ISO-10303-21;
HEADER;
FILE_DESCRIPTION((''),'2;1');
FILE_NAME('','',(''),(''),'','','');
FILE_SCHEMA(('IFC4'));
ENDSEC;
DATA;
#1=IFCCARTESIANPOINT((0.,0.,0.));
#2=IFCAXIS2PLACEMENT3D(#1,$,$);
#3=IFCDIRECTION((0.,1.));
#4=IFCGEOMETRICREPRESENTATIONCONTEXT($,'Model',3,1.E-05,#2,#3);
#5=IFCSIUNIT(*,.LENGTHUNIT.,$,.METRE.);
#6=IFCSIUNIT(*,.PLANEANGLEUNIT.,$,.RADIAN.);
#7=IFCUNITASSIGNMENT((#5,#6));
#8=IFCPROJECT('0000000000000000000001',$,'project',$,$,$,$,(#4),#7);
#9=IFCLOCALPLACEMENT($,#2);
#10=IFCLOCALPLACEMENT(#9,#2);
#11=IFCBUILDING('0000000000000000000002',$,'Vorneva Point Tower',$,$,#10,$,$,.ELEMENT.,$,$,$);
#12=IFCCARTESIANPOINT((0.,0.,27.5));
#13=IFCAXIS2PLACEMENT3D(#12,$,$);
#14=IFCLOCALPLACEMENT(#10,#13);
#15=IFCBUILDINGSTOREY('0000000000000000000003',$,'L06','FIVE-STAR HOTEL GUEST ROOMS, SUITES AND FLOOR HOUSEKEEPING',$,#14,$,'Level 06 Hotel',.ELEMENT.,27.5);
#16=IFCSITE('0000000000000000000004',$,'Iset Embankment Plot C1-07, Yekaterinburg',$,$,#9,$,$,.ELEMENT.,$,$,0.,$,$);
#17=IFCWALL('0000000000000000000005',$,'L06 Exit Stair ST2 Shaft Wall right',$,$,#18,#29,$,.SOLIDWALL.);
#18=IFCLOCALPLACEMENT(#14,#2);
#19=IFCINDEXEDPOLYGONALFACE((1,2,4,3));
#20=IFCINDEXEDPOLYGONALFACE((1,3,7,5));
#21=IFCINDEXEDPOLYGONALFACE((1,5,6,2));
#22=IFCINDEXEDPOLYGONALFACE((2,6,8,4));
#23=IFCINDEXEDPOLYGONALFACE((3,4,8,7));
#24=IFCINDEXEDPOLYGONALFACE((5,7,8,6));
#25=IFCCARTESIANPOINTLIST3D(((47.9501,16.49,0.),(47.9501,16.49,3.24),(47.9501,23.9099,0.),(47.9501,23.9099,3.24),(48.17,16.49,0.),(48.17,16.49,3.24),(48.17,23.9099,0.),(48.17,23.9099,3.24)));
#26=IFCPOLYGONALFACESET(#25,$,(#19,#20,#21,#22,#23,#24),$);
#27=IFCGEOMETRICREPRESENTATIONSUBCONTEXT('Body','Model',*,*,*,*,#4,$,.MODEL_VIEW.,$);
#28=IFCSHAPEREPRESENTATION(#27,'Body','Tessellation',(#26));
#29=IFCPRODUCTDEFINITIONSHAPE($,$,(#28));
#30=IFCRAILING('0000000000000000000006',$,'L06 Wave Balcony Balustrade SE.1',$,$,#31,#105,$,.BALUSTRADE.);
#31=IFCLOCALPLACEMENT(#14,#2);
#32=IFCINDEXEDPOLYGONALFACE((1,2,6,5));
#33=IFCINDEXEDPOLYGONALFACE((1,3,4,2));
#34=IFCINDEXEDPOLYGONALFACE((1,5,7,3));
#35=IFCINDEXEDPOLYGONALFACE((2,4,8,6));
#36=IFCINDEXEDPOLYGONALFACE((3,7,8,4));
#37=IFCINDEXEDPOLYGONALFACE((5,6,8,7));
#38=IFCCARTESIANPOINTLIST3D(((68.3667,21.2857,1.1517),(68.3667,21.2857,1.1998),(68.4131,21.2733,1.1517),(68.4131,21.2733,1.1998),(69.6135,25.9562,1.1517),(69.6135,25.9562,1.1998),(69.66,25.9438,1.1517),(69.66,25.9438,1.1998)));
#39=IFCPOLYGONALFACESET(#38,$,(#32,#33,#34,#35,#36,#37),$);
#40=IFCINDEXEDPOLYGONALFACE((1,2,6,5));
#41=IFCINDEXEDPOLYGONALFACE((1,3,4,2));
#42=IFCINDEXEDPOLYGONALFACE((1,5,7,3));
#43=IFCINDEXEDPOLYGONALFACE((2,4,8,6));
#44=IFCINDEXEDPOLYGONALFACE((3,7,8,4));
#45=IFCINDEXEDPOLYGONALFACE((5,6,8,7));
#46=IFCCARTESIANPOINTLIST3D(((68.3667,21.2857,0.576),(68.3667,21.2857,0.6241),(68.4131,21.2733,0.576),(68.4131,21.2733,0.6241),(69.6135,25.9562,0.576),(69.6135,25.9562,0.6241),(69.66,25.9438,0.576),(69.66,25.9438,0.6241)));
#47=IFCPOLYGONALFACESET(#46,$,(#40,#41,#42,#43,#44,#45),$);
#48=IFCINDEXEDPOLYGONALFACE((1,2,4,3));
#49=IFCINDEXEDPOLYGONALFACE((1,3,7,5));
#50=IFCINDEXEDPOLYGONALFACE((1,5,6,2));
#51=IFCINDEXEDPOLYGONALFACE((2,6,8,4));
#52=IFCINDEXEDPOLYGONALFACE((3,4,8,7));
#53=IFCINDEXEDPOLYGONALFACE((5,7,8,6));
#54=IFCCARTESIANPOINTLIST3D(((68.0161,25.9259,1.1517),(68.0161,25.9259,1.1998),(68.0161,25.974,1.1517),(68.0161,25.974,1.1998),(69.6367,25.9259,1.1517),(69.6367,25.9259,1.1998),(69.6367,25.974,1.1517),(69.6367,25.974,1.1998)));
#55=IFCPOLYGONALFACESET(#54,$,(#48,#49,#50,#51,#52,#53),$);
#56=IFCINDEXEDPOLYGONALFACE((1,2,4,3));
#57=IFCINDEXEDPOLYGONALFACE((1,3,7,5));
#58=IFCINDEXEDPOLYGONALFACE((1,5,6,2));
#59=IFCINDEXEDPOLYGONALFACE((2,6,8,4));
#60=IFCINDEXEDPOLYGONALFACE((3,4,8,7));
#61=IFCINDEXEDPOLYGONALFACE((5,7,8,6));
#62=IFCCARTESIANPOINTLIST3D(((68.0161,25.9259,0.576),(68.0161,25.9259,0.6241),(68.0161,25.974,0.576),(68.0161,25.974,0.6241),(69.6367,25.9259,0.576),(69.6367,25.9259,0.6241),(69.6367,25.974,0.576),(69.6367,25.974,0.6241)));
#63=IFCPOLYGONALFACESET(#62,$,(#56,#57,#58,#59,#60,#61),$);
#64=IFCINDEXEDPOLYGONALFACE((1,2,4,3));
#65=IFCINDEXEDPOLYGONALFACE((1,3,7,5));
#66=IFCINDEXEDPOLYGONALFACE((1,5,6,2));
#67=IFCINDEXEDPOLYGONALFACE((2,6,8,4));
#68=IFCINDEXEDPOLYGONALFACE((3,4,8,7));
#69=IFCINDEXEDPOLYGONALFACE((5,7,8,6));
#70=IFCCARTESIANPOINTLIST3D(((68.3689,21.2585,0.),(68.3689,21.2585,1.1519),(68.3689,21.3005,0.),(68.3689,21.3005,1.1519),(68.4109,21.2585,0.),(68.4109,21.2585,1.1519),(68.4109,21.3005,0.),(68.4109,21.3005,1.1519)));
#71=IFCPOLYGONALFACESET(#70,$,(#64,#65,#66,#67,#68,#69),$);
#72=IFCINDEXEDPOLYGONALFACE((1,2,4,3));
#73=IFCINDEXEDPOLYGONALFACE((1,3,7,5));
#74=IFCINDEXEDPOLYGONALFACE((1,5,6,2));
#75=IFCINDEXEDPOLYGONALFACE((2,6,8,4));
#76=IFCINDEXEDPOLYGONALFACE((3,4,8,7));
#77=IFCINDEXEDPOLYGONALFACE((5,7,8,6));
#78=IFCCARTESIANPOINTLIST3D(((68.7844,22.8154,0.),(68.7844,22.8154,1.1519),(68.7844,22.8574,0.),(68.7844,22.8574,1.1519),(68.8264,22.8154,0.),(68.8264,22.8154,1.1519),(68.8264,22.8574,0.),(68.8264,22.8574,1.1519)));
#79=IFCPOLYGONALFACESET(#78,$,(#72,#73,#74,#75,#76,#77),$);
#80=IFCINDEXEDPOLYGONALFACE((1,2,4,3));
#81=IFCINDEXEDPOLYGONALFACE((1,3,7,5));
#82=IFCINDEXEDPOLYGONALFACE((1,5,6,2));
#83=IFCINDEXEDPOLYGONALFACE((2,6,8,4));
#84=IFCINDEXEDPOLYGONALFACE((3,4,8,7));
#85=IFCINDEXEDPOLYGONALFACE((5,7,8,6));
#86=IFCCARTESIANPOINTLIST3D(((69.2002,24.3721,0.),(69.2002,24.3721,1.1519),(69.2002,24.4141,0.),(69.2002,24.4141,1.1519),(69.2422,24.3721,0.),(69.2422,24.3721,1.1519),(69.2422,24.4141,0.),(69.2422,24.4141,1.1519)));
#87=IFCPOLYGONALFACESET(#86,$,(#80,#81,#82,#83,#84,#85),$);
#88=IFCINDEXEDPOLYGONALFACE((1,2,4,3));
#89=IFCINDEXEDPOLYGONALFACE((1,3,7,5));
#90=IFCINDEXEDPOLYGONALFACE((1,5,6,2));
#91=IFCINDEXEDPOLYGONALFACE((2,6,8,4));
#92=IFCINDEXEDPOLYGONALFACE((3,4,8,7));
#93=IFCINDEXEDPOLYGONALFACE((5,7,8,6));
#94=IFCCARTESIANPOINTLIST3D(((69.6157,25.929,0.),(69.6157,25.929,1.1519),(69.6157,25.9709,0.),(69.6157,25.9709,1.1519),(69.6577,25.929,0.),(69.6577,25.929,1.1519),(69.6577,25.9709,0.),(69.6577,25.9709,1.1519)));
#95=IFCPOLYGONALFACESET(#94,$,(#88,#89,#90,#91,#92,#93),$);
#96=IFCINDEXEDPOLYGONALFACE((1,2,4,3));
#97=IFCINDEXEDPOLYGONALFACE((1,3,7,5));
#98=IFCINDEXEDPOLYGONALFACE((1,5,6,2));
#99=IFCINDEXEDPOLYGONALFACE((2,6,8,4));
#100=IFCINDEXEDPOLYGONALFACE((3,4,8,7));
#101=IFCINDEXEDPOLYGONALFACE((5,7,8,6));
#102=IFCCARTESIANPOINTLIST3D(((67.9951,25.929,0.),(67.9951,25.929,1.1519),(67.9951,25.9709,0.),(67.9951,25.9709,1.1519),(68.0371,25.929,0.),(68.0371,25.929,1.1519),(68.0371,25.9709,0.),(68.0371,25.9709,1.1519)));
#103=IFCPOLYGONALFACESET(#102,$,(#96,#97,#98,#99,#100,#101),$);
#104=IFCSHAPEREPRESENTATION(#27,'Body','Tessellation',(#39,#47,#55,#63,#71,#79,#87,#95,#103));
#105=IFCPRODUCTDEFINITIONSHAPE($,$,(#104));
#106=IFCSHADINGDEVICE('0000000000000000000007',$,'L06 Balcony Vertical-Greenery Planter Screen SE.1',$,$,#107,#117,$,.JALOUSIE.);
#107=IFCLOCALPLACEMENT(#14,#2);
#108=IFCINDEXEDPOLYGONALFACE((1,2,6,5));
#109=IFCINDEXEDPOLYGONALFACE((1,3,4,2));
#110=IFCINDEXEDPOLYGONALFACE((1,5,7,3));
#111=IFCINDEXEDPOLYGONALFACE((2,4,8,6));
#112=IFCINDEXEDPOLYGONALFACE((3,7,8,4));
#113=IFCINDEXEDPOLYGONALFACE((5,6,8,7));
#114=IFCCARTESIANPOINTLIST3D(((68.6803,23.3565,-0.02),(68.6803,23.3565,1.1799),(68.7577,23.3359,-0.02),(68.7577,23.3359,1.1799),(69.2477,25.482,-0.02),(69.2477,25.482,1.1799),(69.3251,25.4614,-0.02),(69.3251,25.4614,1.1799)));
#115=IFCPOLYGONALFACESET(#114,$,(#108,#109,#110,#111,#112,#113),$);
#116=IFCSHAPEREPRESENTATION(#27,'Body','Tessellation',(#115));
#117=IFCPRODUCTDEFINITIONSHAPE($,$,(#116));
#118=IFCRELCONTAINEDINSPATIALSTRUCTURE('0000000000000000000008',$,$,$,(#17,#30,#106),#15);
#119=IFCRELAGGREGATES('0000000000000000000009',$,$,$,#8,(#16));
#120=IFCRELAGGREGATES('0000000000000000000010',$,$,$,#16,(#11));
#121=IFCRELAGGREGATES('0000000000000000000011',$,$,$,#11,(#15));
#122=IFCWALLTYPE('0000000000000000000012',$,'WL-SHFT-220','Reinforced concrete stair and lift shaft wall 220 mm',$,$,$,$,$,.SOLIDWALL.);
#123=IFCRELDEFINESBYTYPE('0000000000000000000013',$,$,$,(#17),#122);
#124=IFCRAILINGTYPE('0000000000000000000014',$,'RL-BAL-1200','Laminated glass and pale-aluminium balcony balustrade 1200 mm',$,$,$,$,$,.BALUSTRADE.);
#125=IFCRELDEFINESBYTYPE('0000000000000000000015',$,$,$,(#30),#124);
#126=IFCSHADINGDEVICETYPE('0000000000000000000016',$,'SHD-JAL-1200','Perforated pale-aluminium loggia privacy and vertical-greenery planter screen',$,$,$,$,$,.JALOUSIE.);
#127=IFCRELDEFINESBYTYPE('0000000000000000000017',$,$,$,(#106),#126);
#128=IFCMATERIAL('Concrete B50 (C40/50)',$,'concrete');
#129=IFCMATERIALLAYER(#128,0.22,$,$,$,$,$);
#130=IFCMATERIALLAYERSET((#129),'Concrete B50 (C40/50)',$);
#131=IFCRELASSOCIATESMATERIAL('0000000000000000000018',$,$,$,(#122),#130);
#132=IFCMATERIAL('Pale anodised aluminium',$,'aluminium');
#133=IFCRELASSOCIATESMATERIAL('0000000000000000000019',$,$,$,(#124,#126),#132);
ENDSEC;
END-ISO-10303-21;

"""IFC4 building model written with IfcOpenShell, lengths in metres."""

from ifc_helpers import new_model, si_unit, direction, frame, frame_2d, origin, origin_2d, place, context, subcontext, project, spatial, rectangle, extrude, material, layer, layer_set, type_object, element, save


model = new_model("IFC4")

# Units and contexts
model_context = context("Model", 3, precision=1e-05, world=origin(), true_north=direction((0.0, 1.0)))
body_context = subcontext(model_context, "Body", "Model", "MODEL_VIEW")
ifc_project = project(units=[si_unit("LENGTHUNIT", "METRE"), si_unit("PLANEANGLEUNIT", "RADIAN")], contexts=[model_context])

# Site, building, storey
site_placement = place(None, origin())
site = spatial("IfcSite", under=ifc_project, at=site_placement, Name="Iset Embankment Plot C1-07, Yekaterinburg", CompositionType="ELEMENT", RefElevation=0.0)
building_placement = place(site_placement, origin())
building = spatial("IfcBuilding", under=site, at=building_placement, Name="Vorneva Point Tower", CompositionType="ELEMENT")
storey_placement = place(building_placement, frame((0.0, 0.0, 27.5)))
storey = spatial("IfcBuildingStorey", under=building, at=storey_placement, Name="L06", Description="FIVE-STAR HOTEL GUEST ROOMS, SUITES AND FLOOR HOUSEKEEPING", LongName="Level 06 Hotel", CompositionType="ELEMENT", Elevation=27.5)

# Shared definitions
ifc_material_1 = material(Name="Pale anodised aluminium", Category="aluminium")

# Wall
ifc_material_2 = material(Name="Concrete B50 (C40/50)", Category="concrete")
ifc_layer_1 = layer(ifc_material_2, 0.22)
ifc_layer_set_1 = layer_set([ifc_layer_1], Name="Concrete B50 (C40/50)")
wall_type_1 = type_object("IfcWallType", Name="WL-SHFT-220", Description="Reinforced concrete stair and lift shaft wall 220 mm", PredefinedType="SOLIDWALL", material=ifc_layer_set_1)
wall_1_placement = place(storey_placement, frame((48.0601, 23.9099, 0.0), z_axis=(0.0, 0.0, 1.0), x_axis=(0.0, -1.0, 0.0)))
element("IfcWall", 1, at=wall_1_placement, inside=storey, type_object=wall_type_1, Name="L06 Exit Stair ST2 Shaft Wall right", PredefinedType="SOLIDWALL", context=body_context, shape_type="SweptSolid", body=[
    extrude(rectangle(XDim=7.4199, YDim=0.22, at=frame_2d((3.71, 0.0))), origin(), (0.0, 0.0, 1.0), 3.24),
])

# Railing
railing_type = type_object("IfcRailingType", Name="RL-BAL-1200", Description="Laminated glass and pale-aluminium balcony balustrade 1200 mm", PredefinedType="BALUSTRADE", material=ifc_material_1)
railing_placement = place(storey_placement, frame((68.3899, 21.2795, 0.0)))
element("IfcRailing", 2, at=railing_placement, inside=storey, type_object=railing_type, Name="L06 Wave Balcony Balustrade SE.1", PredefinedType="BALUSTRADE", context=body_context, shape_type="SweptSolid", body=[
    extrude(rectangle(XDim=0.0481, YDim=0.0481, at=origin_2d()), frame((0.0, 0.0, 1.1758), z_axis=(0.25793, 0.966164, 0.0), x_axis=(-0.966164, 0.25793, 0.0)), (0.0, 0.0, 1.0), 4.834),
    extrude(rectangle(XDim=0.0481, YDim=0.0481, at=origin_2d()), frame((0.0, 0.0, 0.6001), z_axis=(0.25793, 0.966164, 0.0), x_axis=(-0.966164, 0.25793, 0.0)), (0.0, 0.0, 1.0), 4.834),
    extrude(rectangle(XDim=0.0481, YDim=0.0481, at=origin_2d()), frame((1.2468, 4.6704, 1.1758), z_axis=(-1.0, 0.0, 0.0), x_axis=(0.0, -1.0, 0.0)), (0.0, 0.0, 1.0), 1.6206),
    extrude(rectangle(XDim=0.0481, YDim=0.0481, at=origin_2d()), frame((1.2468, 4.6704, 0.6001), z_axis=(-1.0, 0.0, 0.0), x_axis=(0.0, -1.0, 0.0)), (0.0, 0.0, 1.0), 1.6206),
    extrude(rectangle(XDim=0.042, YDim=0.042, at=origin_2d()), origin(), (0.0, 0.0, 1.0), 1.1519),
    extrude(rectangle(XDim=0.042, YDim=0.042, at=origin_2d()), frame((0.4155, 1.5569, 0.0)), (0.0, 0.0, 1.0), 1.1519),
    extrude(rectangle(XDim=0.042, YDim=0.042, at=origin_2d()), frame((0.8313, 3.1135, 0.0)), (0.0, 0.0, 1.0), 1.1519),
    extrude(rectangle(XDim=0.042, YDim=0.042, at=origin_2d()), frame((1.2468, 4.6704, 0.0)), (0.0, 0.0, 1.0), 1.1519),
    extrude(rectangle(XDim=0.042, YDim=0.042, at=origin_2d()), frame((-0.3738, 4.6704, 0.0)), (0.0, 0.0, 1.0), 1.1519),
])

# Shading device
shading_device_type = type_object("IfcShadingDeviceType", Name="SHD-JAL-1200", Description="Perforated pale-aluminium loggia privacy and vertical-greenery planter screen", PredefinedType="JALOUSIE", material=ifc_material_1)
shading_device_placement = place(storey_placement, frame((69.0027, 24.4089, -0.02), z_axis=(0.0, 0.0, 1.0), x_axis=(0.257925, 0.966165, 0.0)))
element("IfcShadingDevice", 3, at=shading_device_placement, inside=storey, type_object=shading_device_type, Name="L06 Balcony Vertical-Greenery Planter Screen SE.1", PredefinedType="JALOUSIE", context=body_context, shape_type="SweptSolid", body=[
    extrude(rectangle(XDim=2.2, YDim=0.0801, at=origin_2d()), origin(), (0.0, 0.0, 1.0), 1.2),
])

save(model, "model.ifc")
